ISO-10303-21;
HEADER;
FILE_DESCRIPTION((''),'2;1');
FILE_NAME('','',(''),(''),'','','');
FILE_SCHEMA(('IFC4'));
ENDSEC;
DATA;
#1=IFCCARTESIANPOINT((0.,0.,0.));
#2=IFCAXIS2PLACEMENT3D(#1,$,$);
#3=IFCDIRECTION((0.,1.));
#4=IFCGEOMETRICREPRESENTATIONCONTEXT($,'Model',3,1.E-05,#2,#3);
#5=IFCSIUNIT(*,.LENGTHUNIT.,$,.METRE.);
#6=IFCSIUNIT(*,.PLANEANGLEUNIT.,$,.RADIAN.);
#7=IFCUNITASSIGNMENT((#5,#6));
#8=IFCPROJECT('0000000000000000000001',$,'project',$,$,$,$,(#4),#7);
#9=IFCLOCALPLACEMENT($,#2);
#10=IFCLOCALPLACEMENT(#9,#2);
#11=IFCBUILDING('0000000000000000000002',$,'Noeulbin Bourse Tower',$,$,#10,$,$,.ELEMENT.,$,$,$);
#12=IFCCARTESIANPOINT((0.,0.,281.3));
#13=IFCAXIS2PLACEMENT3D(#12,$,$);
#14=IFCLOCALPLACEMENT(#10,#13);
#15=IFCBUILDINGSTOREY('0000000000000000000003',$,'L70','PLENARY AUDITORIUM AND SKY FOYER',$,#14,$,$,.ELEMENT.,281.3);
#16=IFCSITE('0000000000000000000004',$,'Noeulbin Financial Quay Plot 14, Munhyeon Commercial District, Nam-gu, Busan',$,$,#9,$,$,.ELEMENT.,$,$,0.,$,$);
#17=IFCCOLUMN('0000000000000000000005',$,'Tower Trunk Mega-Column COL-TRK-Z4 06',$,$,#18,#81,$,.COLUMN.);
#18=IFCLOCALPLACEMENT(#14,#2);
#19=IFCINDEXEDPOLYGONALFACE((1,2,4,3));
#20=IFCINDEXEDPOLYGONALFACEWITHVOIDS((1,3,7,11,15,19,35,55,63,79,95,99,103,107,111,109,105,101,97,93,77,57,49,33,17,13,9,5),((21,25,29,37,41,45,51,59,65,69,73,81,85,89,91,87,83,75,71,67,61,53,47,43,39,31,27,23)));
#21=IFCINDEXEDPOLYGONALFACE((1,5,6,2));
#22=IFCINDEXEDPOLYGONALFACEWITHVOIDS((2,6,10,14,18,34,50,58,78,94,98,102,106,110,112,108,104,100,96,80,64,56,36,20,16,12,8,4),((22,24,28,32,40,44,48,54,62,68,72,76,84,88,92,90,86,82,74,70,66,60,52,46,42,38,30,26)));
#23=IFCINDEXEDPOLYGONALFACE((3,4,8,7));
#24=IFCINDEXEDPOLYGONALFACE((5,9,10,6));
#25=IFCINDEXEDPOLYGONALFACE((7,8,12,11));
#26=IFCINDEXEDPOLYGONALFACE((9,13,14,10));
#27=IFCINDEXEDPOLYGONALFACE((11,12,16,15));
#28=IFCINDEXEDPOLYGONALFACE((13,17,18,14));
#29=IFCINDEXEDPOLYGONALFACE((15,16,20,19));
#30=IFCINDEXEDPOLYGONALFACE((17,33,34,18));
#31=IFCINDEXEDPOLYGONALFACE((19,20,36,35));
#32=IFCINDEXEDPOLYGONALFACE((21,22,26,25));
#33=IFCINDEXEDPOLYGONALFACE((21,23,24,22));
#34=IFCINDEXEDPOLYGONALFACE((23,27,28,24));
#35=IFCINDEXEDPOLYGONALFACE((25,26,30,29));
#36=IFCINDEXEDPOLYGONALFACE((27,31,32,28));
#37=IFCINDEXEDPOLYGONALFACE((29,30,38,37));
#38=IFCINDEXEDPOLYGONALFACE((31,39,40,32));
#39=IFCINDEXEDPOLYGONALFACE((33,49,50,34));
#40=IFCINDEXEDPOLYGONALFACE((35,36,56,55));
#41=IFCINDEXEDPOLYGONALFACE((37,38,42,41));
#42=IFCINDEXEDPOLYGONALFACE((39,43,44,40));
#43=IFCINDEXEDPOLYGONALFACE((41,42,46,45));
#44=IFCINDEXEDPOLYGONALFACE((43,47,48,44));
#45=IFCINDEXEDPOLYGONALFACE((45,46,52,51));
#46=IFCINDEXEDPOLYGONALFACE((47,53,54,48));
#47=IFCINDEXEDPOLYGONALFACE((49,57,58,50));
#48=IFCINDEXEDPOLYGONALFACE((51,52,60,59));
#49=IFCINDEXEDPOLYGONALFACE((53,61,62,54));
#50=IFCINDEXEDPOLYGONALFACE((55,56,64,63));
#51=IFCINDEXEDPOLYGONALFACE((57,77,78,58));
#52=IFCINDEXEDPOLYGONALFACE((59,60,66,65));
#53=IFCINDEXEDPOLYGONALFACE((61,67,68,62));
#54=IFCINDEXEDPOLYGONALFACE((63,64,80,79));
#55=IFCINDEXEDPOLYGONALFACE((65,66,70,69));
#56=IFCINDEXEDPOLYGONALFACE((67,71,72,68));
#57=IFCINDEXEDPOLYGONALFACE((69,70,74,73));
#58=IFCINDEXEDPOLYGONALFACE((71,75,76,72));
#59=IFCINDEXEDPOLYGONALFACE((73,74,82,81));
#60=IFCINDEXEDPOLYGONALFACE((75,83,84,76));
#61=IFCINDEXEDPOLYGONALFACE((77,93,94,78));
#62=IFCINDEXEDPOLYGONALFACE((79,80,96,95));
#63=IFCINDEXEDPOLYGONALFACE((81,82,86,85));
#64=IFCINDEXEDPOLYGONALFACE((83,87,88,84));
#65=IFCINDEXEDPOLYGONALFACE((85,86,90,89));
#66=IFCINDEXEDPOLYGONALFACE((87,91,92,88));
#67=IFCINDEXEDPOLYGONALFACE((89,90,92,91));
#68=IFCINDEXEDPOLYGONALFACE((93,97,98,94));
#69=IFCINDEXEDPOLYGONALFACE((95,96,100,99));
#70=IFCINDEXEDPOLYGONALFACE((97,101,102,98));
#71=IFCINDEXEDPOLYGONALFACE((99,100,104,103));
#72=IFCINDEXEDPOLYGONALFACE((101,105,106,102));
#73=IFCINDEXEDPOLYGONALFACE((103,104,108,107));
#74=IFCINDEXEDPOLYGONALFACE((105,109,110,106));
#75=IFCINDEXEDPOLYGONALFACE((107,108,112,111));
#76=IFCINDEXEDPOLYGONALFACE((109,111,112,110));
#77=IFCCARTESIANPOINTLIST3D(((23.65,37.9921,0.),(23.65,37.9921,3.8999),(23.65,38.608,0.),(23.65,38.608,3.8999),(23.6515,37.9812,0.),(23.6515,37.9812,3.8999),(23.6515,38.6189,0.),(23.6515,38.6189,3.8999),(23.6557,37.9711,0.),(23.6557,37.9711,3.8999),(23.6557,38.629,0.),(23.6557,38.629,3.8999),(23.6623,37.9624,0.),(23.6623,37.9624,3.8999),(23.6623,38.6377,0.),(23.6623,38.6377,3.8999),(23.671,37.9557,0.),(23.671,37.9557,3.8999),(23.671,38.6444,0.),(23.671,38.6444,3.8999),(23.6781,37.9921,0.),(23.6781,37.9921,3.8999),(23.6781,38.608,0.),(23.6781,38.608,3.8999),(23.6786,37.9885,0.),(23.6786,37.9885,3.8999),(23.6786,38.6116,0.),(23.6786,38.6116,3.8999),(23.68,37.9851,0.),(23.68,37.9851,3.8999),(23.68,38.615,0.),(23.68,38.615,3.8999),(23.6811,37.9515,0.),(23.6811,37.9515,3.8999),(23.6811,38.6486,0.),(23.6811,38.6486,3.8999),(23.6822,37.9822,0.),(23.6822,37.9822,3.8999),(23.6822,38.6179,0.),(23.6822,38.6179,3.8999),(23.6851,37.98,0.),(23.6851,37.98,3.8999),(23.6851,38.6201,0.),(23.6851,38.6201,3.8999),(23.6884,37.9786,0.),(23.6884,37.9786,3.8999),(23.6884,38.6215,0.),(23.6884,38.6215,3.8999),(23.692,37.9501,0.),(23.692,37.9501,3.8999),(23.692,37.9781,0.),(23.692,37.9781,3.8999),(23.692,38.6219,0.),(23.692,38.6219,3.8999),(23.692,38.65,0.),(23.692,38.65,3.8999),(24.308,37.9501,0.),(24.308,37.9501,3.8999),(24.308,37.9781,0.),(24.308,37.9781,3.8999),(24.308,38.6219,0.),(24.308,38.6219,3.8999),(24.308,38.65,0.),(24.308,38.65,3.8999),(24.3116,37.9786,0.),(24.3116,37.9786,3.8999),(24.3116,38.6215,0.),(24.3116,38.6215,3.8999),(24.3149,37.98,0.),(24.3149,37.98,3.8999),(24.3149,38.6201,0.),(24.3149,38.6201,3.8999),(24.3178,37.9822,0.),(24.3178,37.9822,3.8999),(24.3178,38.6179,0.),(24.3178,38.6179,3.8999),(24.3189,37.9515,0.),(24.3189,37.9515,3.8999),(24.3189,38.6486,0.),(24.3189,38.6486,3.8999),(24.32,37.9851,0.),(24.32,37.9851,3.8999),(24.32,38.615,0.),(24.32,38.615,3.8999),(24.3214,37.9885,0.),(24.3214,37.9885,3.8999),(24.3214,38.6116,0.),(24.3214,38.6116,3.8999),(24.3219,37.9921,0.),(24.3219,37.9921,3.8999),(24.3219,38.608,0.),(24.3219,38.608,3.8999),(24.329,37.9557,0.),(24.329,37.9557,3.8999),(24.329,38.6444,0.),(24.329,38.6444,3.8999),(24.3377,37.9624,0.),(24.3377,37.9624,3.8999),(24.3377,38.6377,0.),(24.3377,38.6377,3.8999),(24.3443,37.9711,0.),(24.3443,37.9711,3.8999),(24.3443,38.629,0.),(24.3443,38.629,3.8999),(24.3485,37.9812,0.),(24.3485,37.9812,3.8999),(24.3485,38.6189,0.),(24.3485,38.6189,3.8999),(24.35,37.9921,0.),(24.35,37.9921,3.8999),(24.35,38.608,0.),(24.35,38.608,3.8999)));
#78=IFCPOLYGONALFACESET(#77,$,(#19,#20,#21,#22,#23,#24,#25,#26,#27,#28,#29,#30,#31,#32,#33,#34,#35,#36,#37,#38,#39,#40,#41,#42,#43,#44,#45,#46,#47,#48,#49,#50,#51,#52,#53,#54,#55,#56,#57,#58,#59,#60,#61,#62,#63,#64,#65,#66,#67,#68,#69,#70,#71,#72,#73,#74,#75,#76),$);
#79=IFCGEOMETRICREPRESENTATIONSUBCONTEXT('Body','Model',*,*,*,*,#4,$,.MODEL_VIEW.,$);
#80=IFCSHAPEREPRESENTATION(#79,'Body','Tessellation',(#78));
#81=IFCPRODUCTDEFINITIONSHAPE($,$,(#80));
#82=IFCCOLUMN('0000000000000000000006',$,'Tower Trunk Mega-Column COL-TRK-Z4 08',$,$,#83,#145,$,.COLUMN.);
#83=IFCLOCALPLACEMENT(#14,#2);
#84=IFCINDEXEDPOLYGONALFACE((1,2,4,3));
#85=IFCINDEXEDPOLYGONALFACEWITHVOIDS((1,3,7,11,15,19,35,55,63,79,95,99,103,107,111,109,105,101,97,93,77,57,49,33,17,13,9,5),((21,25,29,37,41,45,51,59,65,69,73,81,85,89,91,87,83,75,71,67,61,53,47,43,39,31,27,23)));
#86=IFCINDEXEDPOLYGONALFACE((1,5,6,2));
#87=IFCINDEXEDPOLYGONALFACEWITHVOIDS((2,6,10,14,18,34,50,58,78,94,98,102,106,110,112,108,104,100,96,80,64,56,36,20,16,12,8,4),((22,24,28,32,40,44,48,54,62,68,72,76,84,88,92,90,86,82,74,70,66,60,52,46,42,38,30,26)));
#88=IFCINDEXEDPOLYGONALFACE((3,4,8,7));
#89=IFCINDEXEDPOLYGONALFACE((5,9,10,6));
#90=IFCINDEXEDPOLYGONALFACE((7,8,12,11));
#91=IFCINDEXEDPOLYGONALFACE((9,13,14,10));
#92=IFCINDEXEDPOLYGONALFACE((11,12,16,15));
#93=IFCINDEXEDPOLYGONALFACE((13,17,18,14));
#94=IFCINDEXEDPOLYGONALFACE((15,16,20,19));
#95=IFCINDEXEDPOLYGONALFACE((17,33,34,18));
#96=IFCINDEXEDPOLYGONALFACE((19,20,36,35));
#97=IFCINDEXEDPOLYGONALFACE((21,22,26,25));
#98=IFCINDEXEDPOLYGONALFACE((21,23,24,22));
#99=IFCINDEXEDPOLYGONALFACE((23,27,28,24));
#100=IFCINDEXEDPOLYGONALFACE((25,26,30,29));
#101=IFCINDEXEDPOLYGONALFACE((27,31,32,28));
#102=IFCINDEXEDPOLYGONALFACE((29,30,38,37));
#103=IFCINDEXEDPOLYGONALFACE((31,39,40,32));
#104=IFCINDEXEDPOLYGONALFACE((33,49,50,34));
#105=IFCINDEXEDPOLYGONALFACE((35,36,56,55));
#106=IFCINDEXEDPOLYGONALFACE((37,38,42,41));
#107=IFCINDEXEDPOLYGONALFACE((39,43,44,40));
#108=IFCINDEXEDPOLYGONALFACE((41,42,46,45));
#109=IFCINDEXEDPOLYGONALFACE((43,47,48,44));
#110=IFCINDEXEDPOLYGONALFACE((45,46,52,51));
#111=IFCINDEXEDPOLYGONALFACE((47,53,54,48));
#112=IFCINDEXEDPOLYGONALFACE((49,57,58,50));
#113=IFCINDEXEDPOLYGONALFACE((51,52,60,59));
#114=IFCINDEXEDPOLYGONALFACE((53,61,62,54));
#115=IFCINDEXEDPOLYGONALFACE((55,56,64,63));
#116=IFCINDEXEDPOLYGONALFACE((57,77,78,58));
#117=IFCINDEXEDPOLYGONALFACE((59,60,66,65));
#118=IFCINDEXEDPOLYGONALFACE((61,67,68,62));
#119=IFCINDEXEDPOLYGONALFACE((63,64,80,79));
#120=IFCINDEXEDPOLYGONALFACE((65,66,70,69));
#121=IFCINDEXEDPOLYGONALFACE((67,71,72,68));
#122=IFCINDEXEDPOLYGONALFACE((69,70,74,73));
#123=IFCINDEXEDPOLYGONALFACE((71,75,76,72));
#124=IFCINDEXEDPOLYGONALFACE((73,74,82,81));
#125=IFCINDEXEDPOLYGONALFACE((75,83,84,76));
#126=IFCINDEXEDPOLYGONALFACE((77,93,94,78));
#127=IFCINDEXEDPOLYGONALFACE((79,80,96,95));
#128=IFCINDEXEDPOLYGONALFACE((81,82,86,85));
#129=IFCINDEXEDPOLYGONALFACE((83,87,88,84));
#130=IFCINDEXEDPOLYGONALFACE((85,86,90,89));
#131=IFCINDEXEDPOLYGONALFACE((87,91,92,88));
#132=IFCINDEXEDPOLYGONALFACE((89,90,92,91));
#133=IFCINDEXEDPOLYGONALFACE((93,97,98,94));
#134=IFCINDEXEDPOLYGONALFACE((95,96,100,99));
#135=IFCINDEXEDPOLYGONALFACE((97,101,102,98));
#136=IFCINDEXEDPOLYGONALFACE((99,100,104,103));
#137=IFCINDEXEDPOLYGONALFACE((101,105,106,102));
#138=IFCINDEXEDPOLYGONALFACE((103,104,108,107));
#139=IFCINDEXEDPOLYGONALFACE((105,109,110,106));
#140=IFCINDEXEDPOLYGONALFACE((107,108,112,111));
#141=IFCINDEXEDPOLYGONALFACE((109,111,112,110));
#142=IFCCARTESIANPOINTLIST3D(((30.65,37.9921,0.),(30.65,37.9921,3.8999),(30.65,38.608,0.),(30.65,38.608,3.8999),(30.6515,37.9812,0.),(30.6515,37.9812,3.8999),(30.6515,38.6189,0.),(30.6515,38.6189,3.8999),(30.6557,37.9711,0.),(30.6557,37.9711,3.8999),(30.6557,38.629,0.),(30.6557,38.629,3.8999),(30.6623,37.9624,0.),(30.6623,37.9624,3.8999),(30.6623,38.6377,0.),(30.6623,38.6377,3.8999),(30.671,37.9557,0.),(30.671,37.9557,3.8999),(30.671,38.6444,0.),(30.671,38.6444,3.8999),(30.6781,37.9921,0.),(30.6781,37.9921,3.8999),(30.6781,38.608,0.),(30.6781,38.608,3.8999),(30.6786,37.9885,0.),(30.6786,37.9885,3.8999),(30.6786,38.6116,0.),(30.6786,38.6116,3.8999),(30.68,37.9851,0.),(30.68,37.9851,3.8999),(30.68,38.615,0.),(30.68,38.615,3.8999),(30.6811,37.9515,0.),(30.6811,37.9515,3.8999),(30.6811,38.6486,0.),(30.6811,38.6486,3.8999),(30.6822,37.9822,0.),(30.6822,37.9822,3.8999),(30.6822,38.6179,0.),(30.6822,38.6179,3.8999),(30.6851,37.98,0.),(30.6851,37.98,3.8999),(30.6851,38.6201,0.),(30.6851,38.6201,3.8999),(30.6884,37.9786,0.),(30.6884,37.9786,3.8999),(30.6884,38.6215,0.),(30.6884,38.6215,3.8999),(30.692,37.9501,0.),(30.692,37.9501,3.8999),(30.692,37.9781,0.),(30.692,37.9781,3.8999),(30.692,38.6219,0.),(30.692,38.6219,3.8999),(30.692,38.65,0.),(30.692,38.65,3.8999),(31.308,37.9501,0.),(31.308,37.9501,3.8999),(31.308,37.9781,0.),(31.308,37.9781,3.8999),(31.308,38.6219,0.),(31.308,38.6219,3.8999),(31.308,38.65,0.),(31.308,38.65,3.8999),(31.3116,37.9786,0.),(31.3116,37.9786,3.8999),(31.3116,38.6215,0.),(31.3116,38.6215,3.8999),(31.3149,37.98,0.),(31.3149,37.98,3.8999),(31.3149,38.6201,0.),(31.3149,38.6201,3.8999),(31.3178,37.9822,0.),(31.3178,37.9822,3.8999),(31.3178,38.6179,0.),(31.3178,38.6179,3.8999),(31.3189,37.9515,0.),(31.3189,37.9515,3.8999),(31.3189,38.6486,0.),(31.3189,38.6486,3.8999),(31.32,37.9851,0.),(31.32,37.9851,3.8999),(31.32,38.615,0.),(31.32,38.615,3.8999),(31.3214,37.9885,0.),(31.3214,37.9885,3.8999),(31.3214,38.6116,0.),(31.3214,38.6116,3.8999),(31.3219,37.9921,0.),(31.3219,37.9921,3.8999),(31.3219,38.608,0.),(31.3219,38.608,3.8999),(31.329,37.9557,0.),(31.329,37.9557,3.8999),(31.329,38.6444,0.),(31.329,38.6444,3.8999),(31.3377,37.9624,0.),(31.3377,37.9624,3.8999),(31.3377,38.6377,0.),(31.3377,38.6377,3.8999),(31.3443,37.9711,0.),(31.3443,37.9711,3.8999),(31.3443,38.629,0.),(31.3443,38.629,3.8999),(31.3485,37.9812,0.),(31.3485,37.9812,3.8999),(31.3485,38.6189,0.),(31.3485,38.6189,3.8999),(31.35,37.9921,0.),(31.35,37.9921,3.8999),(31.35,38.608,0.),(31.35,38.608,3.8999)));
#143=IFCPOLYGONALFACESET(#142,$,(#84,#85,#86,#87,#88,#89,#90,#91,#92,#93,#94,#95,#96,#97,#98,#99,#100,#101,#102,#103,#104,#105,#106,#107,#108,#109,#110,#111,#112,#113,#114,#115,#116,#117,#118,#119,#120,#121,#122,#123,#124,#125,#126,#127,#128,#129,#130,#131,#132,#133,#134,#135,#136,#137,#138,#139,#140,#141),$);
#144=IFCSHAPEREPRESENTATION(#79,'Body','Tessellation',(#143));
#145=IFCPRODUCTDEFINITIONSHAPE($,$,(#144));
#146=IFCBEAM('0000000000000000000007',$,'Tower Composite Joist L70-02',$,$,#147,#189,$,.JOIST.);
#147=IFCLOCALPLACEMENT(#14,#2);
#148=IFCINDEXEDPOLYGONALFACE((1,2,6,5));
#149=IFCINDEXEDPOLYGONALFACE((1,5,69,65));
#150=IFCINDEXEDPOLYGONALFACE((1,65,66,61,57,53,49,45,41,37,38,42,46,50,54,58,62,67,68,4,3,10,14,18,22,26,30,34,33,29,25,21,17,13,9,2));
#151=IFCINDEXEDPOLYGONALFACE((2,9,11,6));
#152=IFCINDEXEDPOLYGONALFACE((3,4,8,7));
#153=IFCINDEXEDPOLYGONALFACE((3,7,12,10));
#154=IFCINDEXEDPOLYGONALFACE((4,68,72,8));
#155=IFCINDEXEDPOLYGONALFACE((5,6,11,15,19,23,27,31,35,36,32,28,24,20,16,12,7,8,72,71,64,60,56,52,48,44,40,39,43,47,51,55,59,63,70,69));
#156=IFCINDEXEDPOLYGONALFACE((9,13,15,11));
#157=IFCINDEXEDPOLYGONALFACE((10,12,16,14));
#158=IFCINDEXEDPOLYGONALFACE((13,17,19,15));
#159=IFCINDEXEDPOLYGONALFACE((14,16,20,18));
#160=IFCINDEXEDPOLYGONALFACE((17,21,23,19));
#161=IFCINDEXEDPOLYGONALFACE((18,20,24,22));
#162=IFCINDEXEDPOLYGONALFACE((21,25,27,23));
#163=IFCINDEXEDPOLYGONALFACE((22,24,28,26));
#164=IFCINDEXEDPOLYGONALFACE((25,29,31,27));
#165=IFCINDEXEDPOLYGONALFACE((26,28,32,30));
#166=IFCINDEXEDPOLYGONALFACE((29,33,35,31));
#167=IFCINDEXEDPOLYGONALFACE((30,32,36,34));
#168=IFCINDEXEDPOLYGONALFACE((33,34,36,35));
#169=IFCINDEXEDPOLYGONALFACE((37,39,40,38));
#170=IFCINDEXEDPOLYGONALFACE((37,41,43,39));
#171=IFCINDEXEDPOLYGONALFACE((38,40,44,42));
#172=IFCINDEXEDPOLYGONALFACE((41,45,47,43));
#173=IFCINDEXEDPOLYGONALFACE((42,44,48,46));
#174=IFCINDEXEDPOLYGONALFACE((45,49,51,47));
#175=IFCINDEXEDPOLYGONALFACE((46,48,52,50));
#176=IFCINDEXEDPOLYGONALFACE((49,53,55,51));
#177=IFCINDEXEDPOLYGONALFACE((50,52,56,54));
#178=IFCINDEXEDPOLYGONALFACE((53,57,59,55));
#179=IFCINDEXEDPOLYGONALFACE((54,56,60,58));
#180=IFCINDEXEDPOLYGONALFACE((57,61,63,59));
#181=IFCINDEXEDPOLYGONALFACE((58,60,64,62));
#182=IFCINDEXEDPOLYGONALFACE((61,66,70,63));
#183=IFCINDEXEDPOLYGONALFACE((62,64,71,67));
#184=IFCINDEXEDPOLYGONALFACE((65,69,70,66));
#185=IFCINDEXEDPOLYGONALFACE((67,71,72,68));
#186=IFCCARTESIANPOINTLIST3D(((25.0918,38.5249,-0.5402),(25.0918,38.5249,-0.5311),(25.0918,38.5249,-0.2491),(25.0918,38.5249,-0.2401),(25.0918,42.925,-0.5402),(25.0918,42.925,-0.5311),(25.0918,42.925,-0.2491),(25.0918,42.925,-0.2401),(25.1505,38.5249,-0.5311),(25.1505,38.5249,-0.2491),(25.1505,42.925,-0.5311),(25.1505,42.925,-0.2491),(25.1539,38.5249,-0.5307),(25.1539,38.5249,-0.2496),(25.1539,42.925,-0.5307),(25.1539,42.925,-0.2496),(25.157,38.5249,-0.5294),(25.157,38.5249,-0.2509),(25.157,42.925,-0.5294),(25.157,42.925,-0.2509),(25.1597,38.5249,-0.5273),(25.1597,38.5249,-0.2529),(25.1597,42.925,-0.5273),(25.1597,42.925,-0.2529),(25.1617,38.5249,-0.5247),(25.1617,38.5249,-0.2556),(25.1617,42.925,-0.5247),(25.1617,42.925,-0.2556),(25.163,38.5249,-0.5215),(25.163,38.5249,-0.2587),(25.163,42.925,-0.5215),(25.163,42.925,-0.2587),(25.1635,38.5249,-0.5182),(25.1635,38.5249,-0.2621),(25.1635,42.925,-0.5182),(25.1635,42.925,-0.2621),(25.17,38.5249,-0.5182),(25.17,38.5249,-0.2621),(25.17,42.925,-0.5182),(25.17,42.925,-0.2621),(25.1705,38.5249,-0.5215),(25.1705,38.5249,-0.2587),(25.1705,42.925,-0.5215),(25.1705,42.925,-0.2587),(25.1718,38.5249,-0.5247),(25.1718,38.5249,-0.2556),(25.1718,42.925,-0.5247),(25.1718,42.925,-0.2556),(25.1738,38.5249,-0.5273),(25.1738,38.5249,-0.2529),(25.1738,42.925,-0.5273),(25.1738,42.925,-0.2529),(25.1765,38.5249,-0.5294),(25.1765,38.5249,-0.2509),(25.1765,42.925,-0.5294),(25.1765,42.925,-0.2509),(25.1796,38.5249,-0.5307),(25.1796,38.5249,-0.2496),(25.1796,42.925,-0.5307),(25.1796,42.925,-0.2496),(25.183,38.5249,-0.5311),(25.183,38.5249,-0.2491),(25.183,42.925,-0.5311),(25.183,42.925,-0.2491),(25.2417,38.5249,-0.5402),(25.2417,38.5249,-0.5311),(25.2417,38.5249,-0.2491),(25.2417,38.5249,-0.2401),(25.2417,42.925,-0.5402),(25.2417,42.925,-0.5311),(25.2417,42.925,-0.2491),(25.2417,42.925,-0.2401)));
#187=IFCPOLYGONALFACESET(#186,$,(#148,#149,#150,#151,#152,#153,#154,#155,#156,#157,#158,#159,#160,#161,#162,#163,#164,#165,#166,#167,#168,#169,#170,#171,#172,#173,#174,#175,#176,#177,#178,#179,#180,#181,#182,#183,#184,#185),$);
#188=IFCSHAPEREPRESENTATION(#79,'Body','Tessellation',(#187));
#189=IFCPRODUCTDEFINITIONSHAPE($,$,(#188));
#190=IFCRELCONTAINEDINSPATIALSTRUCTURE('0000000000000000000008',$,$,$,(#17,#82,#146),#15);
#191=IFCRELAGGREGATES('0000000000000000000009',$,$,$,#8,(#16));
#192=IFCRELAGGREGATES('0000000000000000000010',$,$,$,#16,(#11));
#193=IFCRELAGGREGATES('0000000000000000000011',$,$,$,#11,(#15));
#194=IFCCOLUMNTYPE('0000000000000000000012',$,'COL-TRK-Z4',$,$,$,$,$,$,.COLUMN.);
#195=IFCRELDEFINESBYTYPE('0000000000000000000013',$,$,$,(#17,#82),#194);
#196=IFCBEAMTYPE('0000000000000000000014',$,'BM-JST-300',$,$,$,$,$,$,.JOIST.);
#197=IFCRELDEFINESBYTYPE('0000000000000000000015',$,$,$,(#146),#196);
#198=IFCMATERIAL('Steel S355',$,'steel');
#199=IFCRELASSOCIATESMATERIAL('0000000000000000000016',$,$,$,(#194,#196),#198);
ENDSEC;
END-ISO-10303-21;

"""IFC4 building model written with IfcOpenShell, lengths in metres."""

from ifc_helpers import new_model, si_unit, direction, frame, origin, origin_2d, place, context, subcontext, project, spatial, hollow_rectangle, i_section, extrude, material, material_profile, profile_set, type_object, element, save


model = new_model("IFC4")

# Units and contexts
model_context = context("Model", 3, precision=1e-05, world=origin(), true_north=direction((0.0, 1.0)))
body_context = subcontext(model_context, "Body", "Model", "MODEL_VIEW")
ifc_project = project(units=[si_unit("LENGTHUNIT", "METRE"), si_unit("PLANEANGLEUNIT", "RADIAN")], contexts=[model_context])

# Site, building, storey
site_placement = place(None, origin())
site = spatial("IfcSite", under=ifc_project, at=site_placement, Name="Noeulbin Financial Quay Plot 14, Munhyeon Commercial District, Nam-gu, Busan", CompositionType="ELEMENT", RefElevation=0.0)
building_placement = place(site_placement, origin())
building = spatial("IfcBuilding", under=site, at=building_placement, Name="Noeulbin Bourse Tower", CompositionType="ELEMENT")
storey_placement = place(building_placement, frame((0.0, 0.0, 281.3)))
storey = spatial("IfcBuildingStorey", under=building, at=storey_placement, Name="L70", Description="PLENARY AUDITORIUM AND SKY FOYER", CompositionType="ELEMENT", Elevation=281.3)

# Columns
ifc_material_1 = material(Name="Steel S355", Category="steel")
ifc_material_profile_1 = material_profile(ifc_material_1, hollow_rectangle(XDim=0.7, YDim=0.7, WallThickness=0.0281, InnerFilletRadius=0.0139, OuterFilletRadius=0.042, at=origin_2d()), Name="BOX-700x700x28", Category="LoadBearing")
ifc_profile_set_1 = profile_set([ifc_material_profile_1], Name="Steel S355")
column_type_1 = type_object("IfcColumnType", Name="COL-TRK-Z4", PredefinedType="COLUMN", material=ifc_profile_set_1)
for number, where, z_axis, x_axis, name in (
    (1, (24.0, 38.3, 0.0), (0.0, 0.0, 1.0), (1.0, 0.0, 0.0), "Tower Trunk Mega-Column COL-TRK-Z4 06"),
    (2, (31.0, 38.3, 0.0), (0.0, 0.0, 1.0), (1.0, 0.0, 0.0), "Tower Trunk Mega-Column COL-TRK-Z4 08"),
):
    element("IfcColumn", number, at=place(storey_placement, frame(where, z_axis=z_axis, x_axis=x_axis)), inside=storey, type_object=column_type_1, Name=name, PredefinedType="COLUMN", context=body_context, shape_type="SweptSolid", body=[
        extrude(hollow_rectangle(XDim=0.7, YDim=0.7, WallThickness=0.0281, InnerFilletRadius=0.0139, OuterFilletRadius=0.042, at=origin_2d()), origin(), (0.0, 0.0, 1.0), 3.8999),
    ])

# Beam
ifc_material_profile_2 = material_profile(ifc_material_1, i_section(OverallWidth=0.1499, OverallDepth=0.3, WebThickness=0.0066, FlangeThickness=0.009, FilletRadius=0.0129, at=origin_2d()), Name="H-300x150x6.5x9", Category="LoadBearing")
ifc_profile_set_2 = profile_set([ifc_material_profile_2], Name="Steel S355")
beam_type_1 = type_object("IfcBeamType", Name="BM-JST-300", PredefinedType="JOIST", material=ifc_profile_set_2)
for number, where, z_axis, x_axis, name in (
    (3, (25.1667, 38.5249, -0.3901), (0.0, 1.0, 0.0), (-1.0, 0.0, 0.0), "Tower Composite Joist L70-02"),
):
    element("IfcBeam", number, at=place(storey_placement, frame(where, z_axis=z_axis, x_axis=x_axis)), inside=storey, type_object=beam_type_1, Name=name, PredefinedType="JOIST", context=body_context, shape_type="SweptSolid", body=[
        extrude(i_section(OverallWidth=0.1499, OverallDepth=0.3, WebThickness=0.0066, FlangeThickness=0.009, FilletRadius=0.0129, at=origin_2d()), origin(), (0.0, 0.0, 1.0), 4.4001),
    ])

save(model, "model.ifc")
